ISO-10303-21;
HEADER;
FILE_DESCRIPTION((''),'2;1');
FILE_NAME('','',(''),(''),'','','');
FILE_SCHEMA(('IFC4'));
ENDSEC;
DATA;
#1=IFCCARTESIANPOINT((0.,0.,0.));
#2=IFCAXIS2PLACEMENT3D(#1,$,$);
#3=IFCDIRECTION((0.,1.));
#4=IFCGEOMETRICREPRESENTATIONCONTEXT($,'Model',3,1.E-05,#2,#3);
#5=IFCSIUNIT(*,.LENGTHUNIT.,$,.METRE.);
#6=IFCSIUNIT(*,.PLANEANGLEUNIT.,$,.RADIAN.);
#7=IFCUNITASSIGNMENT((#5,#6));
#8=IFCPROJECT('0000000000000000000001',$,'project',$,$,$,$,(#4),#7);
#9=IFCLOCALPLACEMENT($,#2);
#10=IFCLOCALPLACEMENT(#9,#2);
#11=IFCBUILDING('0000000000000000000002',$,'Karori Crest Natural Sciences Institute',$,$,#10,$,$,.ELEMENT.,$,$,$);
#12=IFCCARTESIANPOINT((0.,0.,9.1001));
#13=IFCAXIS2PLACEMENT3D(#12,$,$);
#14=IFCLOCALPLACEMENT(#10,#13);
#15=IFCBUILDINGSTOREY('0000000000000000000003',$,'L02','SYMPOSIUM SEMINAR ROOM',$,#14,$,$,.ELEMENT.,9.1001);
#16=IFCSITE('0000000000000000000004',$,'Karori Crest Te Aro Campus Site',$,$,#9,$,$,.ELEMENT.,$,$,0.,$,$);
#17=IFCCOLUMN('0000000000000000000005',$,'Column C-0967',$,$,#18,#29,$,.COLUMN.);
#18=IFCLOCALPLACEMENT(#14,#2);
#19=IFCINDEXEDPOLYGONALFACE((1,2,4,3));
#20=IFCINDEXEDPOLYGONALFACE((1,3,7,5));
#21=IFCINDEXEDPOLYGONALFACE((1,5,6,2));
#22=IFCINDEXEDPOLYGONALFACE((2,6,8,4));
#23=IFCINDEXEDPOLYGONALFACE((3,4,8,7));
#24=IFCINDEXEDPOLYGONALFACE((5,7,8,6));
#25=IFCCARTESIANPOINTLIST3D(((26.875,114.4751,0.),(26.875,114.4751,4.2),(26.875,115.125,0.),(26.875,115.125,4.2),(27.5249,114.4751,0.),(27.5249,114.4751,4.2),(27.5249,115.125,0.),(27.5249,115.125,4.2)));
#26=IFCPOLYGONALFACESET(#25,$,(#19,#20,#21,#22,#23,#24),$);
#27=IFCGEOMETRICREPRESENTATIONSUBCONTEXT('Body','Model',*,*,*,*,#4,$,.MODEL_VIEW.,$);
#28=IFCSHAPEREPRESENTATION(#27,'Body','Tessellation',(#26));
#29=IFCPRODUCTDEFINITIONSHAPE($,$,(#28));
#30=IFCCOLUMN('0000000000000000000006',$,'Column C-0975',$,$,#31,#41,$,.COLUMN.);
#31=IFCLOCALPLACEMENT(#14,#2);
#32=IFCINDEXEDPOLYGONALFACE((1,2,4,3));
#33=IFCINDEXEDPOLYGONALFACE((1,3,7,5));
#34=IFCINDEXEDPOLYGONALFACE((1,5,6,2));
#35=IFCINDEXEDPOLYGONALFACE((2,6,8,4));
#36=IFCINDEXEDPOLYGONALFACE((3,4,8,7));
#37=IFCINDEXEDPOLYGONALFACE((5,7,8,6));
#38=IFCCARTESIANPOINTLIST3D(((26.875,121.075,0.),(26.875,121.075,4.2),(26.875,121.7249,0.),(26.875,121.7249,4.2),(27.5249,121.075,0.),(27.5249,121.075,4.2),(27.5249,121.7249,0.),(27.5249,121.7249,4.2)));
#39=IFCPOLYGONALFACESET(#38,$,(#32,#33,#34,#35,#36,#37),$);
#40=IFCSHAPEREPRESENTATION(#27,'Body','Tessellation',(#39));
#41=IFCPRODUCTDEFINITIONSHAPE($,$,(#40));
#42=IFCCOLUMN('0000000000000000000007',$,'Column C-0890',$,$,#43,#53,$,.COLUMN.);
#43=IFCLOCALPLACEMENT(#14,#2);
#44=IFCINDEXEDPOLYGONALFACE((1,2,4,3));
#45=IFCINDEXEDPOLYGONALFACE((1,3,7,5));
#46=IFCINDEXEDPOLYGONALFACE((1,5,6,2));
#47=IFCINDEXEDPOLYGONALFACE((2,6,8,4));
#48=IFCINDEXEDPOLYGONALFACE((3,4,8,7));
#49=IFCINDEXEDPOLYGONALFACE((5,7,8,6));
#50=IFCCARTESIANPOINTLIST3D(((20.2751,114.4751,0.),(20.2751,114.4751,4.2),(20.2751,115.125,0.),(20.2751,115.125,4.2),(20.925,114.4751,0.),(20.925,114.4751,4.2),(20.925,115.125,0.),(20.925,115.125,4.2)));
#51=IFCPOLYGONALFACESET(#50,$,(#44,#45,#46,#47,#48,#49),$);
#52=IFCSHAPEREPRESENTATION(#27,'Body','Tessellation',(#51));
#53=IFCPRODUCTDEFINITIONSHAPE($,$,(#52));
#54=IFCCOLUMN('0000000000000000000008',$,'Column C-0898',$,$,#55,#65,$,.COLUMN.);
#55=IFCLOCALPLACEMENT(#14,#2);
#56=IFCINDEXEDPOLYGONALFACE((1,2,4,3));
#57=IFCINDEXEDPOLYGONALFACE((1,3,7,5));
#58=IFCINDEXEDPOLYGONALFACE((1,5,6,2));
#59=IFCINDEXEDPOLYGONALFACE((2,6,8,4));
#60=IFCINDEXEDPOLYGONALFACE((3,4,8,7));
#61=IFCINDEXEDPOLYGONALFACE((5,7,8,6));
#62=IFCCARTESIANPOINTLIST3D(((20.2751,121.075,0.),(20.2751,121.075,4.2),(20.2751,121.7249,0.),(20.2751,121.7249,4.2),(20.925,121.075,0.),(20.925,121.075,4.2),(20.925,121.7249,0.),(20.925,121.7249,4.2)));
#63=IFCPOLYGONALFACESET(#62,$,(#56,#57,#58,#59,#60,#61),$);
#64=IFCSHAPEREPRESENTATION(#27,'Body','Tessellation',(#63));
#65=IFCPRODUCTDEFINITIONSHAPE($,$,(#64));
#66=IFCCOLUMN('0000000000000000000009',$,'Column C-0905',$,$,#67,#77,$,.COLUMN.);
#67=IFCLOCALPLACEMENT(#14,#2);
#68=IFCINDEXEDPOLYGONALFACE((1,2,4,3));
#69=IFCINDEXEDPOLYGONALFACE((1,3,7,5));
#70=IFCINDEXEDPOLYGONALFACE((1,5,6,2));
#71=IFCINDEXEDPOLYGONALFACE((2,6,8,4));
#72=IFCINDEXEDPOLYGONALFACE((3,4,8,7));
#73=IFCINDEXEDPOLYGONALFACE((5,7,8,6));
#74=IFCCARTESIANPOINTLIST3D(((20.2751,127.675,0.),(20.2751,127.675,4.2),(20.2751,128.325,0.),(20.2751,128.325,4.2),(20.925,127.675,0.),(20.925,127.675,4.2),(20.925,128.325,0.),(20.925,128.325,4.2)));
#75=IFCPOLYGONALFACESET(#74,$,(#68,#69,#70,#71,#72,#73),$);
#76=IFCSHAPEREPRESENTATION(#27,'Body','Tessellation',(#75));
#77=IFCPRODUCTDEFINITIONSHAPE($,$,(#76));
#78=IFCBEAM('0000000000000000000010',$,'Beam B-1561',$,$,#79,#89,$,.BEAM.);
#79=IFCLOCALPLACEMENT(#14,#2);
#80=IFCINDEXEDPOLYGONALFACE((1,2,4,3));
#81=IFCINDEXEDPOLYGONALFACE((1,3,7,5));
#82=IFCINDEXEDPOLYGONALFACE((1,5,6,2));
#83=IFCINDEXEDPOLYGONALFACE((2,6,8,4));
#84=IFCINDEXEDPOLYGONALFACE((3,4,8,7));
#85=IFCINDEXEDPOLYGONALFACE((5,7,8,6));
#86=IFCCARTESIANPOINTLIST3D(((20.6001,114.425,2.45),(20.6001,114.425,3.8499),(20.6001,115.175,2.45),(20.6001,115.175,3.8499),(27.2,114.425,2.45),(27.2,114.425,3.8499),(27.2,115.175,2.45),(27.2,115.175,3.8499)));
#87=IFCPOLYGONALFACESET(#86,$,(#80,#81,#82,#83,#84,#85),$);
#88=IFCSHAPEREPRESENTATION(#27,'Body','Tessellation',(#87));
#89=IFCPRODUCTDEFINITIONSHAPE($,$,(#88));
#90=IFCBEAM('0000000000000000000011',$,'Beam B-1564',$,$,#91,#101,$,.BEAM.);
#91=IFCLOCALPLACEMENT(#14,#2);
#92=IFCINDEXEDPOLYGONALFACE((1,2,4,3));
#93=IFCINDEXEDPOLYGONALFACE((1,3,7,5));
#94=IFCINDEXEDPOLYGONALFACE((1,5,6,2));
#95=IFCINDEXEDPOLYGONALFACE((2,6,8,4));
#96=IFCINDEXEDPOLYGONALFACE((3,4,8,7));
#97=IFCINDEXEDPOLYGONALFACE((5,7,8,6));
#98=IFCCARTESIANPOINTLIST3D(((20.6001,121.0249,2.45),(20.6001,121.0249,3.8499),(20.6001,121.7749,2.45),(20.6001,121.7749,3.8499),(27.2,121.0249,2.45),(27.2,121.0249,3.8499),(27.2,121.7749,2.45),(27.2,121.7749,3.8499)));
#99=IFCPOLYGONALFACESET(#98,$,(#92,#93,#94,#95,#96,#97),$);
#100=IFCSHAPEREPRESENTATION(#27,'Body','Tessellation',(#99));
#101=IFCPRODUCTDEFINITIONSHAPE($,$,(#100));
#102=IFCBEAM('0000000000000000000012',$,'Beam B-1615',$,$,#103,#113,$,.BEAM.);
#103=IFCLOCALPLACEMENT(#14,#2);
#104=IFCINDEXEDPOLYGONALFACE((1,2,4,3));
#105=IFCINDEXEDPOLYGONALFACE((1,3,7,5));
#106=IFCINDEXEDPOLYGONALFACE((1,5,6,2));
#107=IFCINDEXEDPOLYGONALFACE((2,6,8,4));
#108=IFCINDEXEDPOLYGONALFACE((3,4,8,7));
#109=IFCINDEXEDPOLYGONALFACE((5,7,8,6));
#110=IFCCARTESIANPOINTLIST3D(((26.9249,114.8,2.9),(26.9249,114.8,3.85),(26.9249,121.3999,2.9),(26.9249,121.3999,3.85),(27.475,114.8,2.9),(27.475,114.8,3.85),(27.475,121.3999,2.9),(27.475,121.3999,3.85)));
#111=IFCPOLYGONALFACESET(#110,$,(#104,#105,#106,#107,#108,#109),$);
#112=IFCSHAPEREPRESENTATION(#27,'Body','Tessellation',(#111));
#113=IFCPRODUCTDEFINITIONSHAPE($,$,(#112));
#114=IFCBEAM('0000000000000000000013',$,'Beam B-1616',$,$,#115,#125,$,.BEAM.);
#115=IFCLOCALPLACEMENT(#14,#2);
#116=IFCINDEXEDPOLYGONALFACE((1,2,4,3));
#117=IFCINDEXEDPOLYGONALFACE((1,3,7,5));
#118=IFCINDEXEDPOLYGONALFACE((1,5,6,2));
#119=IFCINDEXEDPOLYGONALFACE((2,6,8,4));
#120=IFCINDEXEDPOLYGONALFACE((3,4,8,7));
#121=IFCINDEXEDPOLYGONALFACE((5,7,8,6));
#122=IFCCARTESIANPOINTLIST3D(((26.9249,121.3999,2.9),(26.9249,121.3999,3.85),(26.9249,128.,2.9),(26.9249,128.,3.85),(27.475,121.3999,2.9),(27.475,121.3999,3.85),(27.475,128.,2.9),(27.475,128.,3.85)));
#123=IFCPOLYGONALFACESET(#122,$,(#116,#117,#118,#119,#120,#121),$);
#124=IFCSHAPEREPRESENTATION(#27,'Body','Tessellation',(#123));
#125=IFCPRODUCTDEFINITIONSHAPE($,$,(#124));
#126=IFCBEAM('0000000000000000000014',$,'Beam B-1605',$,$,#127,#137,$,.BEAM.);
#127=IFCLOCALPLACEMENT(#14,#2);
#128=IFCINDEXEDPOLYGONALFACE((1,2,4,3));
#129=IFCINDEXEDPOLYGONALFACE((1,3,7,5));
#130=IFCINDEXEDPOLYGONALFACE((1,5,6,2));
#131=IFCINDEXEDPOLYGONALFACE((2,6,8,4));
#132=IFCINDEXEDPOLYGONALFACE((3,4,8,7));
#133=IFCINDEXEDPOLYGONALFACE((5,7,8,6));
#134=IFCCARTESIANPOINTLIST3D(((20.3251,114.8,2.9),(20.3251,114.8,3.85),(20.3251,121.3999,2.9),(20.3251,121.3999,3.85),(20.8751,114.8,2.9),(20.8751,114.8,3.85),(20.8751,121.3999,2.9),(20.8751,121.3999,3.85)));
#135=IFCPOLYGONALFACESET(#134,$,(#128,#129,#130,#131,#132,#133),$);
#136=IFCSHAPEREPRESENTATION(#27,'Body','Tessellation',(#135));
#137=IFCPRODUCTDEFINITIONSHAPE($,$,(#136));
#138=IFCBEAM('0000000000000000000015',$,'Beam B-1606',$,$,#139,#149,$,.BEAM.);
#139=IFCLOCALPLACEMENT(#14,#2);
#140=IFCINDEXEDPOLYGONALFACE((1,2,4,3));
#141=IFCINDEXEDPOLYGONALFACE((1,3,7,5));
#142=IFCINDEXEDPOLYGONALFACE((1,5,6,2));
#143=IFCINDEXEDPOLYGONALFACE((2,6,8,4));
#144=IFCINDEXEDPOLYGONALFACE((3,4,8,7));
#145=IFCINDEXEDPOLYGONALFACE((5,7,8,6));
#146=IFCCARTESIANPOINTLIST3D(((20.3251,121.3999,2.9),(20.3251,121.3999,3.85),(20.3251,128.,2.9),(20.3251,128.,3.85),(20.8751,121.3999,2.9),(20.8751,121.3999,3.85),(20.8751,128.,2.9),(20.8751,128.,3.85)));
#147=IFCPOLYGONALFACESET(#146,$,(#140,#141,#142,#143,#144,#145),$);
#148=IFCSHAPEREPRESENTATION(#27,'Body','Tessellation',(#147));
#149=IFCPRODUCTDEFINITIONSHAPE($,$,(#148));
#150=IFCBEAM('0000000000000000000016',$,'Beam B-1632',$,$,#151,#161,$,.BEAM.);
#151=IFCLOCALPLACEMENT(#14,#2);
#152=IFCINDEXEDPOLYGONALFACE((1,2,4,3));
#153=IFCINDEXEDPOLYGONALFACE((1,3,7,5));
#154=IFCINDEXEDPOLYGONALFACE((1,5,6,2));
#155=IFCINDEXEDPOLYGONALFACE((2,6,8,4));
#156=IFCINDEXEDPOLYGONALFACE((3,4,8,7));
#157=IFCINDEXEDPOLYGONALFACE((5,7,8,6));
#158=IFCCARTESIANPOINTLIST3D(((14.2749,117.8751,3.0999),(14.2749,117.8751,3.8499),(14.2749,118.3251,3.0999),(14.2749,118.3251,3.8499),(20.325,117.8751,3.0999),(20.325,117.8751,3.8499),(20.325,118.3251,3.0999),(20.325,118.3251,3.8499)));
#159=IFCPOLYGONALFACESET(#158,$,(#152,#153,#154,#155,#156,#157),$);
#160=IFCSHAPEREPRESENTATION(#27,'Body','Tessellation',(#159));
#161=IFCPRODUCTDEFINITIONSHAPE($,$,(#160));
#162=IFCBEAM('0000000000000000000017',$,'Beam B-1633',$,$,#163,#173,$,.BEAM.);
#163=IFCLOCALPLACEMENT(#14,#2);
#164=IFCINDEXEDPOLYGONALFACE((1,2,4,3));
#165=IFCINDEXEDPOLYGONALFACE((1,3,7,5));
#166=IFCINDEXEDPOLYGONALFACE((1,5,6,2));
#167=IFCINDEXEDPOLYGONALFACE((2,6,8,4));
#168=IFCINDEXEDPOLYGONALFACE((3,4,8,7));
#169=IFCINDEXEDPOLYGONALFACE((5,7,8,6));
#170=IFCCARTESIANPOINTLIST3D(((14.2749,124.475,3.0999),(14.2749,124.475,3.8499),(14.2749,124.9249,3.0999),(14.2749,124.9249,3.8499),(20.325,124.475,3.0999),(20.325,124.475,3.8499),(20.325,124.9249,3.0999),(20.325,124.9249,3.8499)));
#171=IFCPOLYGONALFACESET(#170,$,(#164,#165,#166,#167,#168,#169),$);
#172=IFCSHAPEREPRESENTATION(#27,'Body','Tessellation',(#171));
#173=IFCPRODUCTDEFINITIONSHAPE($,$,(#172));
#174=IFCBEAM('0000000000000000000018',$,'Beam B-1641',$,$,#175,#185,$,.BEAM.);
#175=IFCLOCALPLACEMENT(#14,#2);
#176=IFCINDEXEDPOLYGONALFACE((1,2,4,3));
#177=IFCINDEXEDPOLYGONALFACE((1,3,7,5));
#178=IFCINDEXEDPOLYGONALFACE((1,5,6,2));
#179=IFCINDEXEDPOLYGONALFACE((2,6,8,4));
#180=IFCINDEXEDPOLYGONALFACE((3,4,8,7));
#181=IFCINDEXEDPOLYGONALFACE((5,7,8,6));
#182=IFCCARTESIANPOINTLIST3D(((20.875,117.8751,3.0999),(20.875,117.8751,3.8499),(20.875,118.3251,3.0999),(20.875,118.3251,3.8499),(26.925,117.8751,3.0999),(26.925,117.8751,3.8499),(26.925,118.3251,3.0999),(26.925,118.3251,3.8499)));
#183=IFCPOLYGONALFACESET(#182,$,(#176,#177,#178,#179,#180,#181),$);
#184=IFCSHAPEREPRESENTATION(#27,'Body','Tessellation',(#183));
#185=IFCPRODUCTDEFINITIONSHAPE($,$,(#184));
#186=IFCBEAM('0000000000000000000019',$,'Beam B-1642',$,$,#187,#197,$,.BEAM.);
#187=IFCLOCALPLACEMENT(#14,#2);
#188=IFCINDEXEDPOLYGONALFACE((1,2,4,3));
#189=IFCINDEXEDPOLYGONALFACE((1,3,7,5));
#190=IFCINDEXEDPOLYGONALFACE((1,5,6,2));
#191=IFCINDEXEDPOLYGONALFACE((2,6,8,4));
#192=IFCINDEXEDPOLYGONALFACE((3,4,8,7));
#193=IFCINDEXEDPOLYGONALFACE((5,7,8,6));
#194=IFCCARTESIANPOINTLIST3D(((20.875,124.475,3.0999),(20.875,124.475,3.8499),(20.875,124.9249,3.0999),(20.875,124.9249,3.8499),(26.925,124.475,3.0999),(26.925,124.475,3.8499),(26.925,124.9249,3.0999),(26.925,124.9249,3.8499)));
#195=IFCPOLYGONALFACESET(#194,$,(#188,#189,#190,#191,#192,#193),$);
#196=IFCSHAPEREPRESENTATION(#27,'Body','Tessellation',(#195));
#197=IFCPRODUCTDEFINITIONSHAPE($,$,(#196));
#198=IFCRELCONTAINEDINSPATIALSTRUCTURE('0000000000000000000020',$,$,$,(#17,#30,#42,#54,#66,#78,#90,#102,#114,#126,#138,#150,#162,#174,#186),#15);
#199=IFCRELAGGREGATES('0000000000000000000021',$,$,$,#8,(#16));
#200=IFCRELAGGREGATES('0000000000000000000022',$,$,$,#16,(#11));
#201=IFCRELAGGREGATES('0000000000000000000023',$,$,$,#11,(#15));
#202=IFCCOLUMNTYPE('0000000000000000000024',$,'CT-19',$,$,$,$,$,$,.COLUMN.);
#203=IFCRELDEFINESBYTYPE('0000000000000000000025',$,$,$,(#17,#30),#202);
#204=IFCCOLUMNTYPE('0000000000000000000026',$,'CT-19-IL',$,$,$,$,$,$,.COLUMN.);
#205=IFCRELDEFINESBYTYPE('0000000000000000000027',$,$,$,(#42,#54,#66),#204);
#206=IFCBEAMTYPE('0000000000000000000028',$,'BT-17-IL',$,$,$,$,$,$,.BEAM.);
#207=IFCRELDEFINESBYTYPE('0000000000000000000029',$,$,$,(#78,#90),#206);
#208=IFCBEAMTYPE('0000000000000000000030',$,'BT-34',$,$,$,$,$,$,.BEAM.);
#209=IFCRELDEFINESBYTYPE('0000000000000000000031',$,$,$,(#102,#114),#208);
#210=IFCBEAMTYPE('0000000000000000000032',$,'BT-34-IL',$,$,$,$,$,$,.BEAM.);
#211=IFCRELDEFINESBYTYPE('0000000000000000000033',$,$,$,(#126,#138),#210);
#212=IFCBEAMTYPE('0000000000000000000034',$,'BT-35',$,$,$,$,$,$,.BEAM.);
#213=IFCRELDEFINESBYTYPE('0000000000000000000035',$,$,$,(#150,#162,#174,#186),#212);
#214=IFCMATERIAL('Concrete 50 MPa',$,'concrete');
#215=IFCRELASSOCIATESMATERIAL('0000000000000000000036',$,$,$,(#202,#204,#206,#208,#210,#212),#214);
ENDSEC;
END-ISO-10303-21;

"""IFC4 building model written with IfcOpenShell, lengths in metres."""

from ifc_helpers import new_model, si_unit, direction, frame, origin, origin_2d, place, context, subcontext, project, spatial, rectangle, extrude, material, material_profile, profile_set, type_object, element, save


model = new_model("IFC4")

# Units and contexts
model_context = context("Model", 3, precision=1e-05, world=origin(), true_north=direction((0.0, 1.0)))
body_context = subcontext(model_context, "Body", "Model", "MODEL_VIEW")
ifc_project = project(units=[si_unit("LENGTHUNIT", "METRE"), si_unit("PLANEANGLEUNIT", "RADIAN")], contexts=[model_context])

# Site, building, storey
site_placement = place(None, origin())
site = spatial("IfcSite", under=ifc_project, at=site_placement, Name="Karori Crest Te Aro Campus Site", CompositionType="ELEMENT", RefElevation=0.0)
building_placement = place(site_placement, origin())
building = spatial("IfcBuilding", under=site, at=building_placement, Name="Karori Crest Natural Sciences Institute", CompositionType="ELEMENT")
storey_placement = place(building_placement, frame((0.0, 0.0, 9.1001)))
storey = spatial("IfcBuildingStorey", under=building, at=storey_placement, Name="L02", Description="SYMPOSIUM SEMINAR ROOM", CompositionType="ELEMENT", Elevation=9.1001)

# Columns
ifc_material_1 = material(Name="Concrete 50 MPa", Category="concrete")
ifc_material_profile_1 = material_profile(ifc_material_1, rectangle(XDim=0.6499, YDim=0.6499, at=origin_2d()), Name="RC650x650")
ifc_profile_set_1 = profile_set([ifc_material_profile_1], Name="Concrete 50 MPa")
column_type_1 = type_object("IfcColumnType", Name="CT-19", PredefinedType="COLUMN", material=ifc_profile_set_1)
for number, where, z_axis, x_axis, name in (
    (1, (27.2, 114.8, 0.0), (0.0, 0.0, 1.0), (1.0, 0.0, 0.0), "Column C-0967"),
    (2, (27.2, 121.3999, 0.0), (0.0, 0.0, 1.0), (1.0, 0.0, 0.0), "Column C-0975"),
):
    element("IfcColumn", number, at=place(storey_placement, frame(where, z_axis=z_axis, x_axis=x_axis)), inside=storey, type_object=column_type_1, Name=name, PredefinedType="COLUMN", context=body_context, shape_type="SweptSolid", body=[
        extrude(rectangle(XDim=0.6499, YDim=0.6499, at=origin_2d()), origin(), (0.0, 0.0, 1.0), 4.2),
    ])
ifc_material_profile_2 = material_profile(ifc_material_1, rectangle(XDim=0.6499, YDim=0.6499, at=origin_2d()), Name="RC650x650")
ifc_profile_set_2 = profile_set([ifc_material_profile_2], Name="Concrete 50 MPa")
column_type_2 = type_object("IfcColumnType", Name="CT-19-IL", PredefinedType="COLUMN", material=ifc_profile_set_2)
for number, where, z_axis, x_axis, name in (
    (3, (20.6001, 114.8, 0.0), (0.0, 0.0, 1.0), (1.0, 0.0, 0.0), "Column C-0890"),
    (4, (20.6001, 121.3999, 0.0), (0.0, 0.0, 1.0), (1.0, 0.0, 0.0), "Column C-0898"),
    (5, (20.6001, 128.0, 0.0), (0.0, 0.0, 1.0), (1.0, 0.0, 0.0), "Column C-0905"),
):
    element("IfcColumn", number, at=place(storey_placement, frame(where, z_axis=z_axis, x_axis=x_axis)), inside=storey, type_object=column_type_2, Name=name, PredefinedType="COLUMN", context=body_context, shape_type="SweptSolid", body=[
        extrude(rectangle(XDim=0.6499, YDim=0.6499, at=origin_2d()), origin(), (0.0, 0.0, 1.0), 4.2),
    ])

# Beams
ifc_material_profile_3 = material_profile(ifc_material_1, rectangle(XDim=0.75, YDim=1.3999, at=origin_2d()), Name="RCB750x1400")
ifc_profile_set_3 = profile_set([ifc_material_profile_3], Name="Concrete 50 MPa")
beam_type_1 = type_object("IfcBeamType", Name="BT-17-IL", PredefinedType="BEAM", material=ifc_profile_set_3)
for number, where, z_axis, x_axis, name in (
    (6, (20.6001, 114.8, 3.1499), (1.0, 0.0, 0.0), (0.0, 1.0, 0.0), "Beam B-1561"),
    (7, (20.6001, 121.3999, 3.1499), (1.0, 0.0, 0.0), (0.0, 1.0, 0.0), "Beam B-1564"),
):
    element("IfcBeam", number, at=place(storey_placement, frame(where, z_axis=z_axis, x_axis=x_axis)), inside=storey, type_object=beam_type_1, Name=name, PredefinedType="BEAM", context=body_context, shape_type="SweptSolid", body=[
        extrude(rectangle(XDim=0.75, YDim=1.3999, at=origin_2d()), origin(), (0.0, 0.0, 1.0), 6.5999),
    ])
ifc_material_profile_4 = material_profile(ifc_material_1, rectangle(XDim=0.55, YDim=0.95, at=origin_2d()), Name="RCB550x950")
ifc_profile_set_4 = profile_set([ifc_material_profile_4], Name="Concrete 50 MPa")
beam_type_2 = type_object("IfcBeamType", Name="BT-34", PredefinedType="BEAM", material=ifc_profile_set_4)
beam_1_placement = place(storey_placement, frame((27.2, 114.8, 3.375), z_axis=(0.0, 1.0, 0.0), x_axis=(-1.0, 0.0, 0.0)))
element("IfcBeam", 8, at=beam_1_placement, inside=storey, type_object=beam_type_2, Name="Beam B-1615", PredefinedType="BEAM", context=body_context, shape_type="SweptSolid", body=[
    extrude(rectangle(XDim=0.55, YDim=0.95, at=origin_2d()), origin(), (0.0, 0.0, 1.0), 6.5999),
])
beam_2_placement = place(storey_placement, frame((27.2, 121.3999, 3.375), z_axis=(0.0, 1.0, 0.0), x_axis=(-1.0, 0.0, 0.0)))
element("IfcBeam", 9, at=beam_2_placement, inside=storey, type_object=beam_type_2, Name="Beam B-1616", PredefinedType="BEAM", context=body_context, shape_type="SweptSolid", body=[
    extrude(rectangle(XDim=0.55, YDim=0.95, at=origin_2d()), origin(), (0.0, 0.0, 1.0), 6.6001),
])
ifc_material_profile_5 = material_profile(ifc_material_1, rectangle(XDim=0.55, YDim=0.95, at=origin_2d()), Name="RCB550x950")
ifc_profile_set_5 = profile_set([ifc_material_profile_5], Name="Concrete 50 MPa")
beam_type_3 = type_object("IfcBeamType", Name="BT-34-IL", PredefinedType="BEAM", material=ifc_profile_set_5)
beam_3_placement = place(storey_placement, frame((20.6001, 114.8, 3.375), z_axis=(0.0, 1.0, 0.0), x_axis=(-1.0, 0.0, 0.0)))
element("IfcBeam", 10, at=beam_3_placement, inside=storey, type_object=beam_type_3, Name="Beam B-1605", PredefinedType="BEAM", context=body_context, shape_type="SweptSolid", body=[
    extrude(rectangle(XDim=0.55, YDim=0.95, at=origin_2d()), origin(), (0.0, 0.0, 1.0), 6.5999),
])
beam_4_placement = place(storey_placement, frame((20.6001, 121.3999, 3.375), z_axis=(0.0, 1.0, 0.0), x_axis=(-1.0, 0.0, 0.0)))
element("IfcBeam", 11, at=beam_4_placement, inside=storey, type_object=beam_type_3, Name="Beam B-1606", PredefinedType="BEAM", context=body_context, shape_type="SweptSolid", body=[
    extrude(rectangle(XDim=0.55, YDim=0.95, at=origin_2d()), origin(), (0.0, 0.0, 1.0), 6.6001),
])
ifc_material_profile_6 = material_profile(ifc_material_1, rectangle(XDim=0.45, YDim=0.75, at=origin_2d()), Name="RCB450x750")
ifc_profile_set_6 = profile_set([ifc_material_profile_6], Name="Concrete 50 MPa")
beam_type_4 = type_object("IfcBeamType", Name="BT-35", PredefinedType="BEAM", material=ifc_profile_set_6)
for number, where, z_axis, x_axis, name in (
    (12, (14.2749, 118.1001, 3.4749), (1.0, 0.0, 0.0), (0.0, 1.0, 0.0), "Beam B-1632"),
    (13, (14.2749, 124.7, 3.4749), (1.0, 0.0, 0.0), (0.0, 1.0, 0.0), "Beam B-1633"),
    (14, (20.875, 118.1001, 3.4749), (1.0, 0.0, 0.0), (0.0, 1.0, 0.0), "Beam B-1641"),
    (15, (20.875, 124.7, 3.4749), (1.0, 0.0, 0.0), (0.0, 1.0, 0.0), "Beam B-1642"),
):
    element("IfcBeam", number, at=place(storey_placement, frame(where, z_axis=z_axis, x_axis=x_axis)), inside=storey, type_object=beam_type_4, Name=name, PredefinedType="BEAM", context=body_context, shape_type="SweptSolid", body=[
        extrude(rectangle(XDim=0.45, YDim=0.75, at=origin_2d()), origin(), (0.0, 0.0, 1.0), 6.05),
    ])

save(model, "model.ifc")
